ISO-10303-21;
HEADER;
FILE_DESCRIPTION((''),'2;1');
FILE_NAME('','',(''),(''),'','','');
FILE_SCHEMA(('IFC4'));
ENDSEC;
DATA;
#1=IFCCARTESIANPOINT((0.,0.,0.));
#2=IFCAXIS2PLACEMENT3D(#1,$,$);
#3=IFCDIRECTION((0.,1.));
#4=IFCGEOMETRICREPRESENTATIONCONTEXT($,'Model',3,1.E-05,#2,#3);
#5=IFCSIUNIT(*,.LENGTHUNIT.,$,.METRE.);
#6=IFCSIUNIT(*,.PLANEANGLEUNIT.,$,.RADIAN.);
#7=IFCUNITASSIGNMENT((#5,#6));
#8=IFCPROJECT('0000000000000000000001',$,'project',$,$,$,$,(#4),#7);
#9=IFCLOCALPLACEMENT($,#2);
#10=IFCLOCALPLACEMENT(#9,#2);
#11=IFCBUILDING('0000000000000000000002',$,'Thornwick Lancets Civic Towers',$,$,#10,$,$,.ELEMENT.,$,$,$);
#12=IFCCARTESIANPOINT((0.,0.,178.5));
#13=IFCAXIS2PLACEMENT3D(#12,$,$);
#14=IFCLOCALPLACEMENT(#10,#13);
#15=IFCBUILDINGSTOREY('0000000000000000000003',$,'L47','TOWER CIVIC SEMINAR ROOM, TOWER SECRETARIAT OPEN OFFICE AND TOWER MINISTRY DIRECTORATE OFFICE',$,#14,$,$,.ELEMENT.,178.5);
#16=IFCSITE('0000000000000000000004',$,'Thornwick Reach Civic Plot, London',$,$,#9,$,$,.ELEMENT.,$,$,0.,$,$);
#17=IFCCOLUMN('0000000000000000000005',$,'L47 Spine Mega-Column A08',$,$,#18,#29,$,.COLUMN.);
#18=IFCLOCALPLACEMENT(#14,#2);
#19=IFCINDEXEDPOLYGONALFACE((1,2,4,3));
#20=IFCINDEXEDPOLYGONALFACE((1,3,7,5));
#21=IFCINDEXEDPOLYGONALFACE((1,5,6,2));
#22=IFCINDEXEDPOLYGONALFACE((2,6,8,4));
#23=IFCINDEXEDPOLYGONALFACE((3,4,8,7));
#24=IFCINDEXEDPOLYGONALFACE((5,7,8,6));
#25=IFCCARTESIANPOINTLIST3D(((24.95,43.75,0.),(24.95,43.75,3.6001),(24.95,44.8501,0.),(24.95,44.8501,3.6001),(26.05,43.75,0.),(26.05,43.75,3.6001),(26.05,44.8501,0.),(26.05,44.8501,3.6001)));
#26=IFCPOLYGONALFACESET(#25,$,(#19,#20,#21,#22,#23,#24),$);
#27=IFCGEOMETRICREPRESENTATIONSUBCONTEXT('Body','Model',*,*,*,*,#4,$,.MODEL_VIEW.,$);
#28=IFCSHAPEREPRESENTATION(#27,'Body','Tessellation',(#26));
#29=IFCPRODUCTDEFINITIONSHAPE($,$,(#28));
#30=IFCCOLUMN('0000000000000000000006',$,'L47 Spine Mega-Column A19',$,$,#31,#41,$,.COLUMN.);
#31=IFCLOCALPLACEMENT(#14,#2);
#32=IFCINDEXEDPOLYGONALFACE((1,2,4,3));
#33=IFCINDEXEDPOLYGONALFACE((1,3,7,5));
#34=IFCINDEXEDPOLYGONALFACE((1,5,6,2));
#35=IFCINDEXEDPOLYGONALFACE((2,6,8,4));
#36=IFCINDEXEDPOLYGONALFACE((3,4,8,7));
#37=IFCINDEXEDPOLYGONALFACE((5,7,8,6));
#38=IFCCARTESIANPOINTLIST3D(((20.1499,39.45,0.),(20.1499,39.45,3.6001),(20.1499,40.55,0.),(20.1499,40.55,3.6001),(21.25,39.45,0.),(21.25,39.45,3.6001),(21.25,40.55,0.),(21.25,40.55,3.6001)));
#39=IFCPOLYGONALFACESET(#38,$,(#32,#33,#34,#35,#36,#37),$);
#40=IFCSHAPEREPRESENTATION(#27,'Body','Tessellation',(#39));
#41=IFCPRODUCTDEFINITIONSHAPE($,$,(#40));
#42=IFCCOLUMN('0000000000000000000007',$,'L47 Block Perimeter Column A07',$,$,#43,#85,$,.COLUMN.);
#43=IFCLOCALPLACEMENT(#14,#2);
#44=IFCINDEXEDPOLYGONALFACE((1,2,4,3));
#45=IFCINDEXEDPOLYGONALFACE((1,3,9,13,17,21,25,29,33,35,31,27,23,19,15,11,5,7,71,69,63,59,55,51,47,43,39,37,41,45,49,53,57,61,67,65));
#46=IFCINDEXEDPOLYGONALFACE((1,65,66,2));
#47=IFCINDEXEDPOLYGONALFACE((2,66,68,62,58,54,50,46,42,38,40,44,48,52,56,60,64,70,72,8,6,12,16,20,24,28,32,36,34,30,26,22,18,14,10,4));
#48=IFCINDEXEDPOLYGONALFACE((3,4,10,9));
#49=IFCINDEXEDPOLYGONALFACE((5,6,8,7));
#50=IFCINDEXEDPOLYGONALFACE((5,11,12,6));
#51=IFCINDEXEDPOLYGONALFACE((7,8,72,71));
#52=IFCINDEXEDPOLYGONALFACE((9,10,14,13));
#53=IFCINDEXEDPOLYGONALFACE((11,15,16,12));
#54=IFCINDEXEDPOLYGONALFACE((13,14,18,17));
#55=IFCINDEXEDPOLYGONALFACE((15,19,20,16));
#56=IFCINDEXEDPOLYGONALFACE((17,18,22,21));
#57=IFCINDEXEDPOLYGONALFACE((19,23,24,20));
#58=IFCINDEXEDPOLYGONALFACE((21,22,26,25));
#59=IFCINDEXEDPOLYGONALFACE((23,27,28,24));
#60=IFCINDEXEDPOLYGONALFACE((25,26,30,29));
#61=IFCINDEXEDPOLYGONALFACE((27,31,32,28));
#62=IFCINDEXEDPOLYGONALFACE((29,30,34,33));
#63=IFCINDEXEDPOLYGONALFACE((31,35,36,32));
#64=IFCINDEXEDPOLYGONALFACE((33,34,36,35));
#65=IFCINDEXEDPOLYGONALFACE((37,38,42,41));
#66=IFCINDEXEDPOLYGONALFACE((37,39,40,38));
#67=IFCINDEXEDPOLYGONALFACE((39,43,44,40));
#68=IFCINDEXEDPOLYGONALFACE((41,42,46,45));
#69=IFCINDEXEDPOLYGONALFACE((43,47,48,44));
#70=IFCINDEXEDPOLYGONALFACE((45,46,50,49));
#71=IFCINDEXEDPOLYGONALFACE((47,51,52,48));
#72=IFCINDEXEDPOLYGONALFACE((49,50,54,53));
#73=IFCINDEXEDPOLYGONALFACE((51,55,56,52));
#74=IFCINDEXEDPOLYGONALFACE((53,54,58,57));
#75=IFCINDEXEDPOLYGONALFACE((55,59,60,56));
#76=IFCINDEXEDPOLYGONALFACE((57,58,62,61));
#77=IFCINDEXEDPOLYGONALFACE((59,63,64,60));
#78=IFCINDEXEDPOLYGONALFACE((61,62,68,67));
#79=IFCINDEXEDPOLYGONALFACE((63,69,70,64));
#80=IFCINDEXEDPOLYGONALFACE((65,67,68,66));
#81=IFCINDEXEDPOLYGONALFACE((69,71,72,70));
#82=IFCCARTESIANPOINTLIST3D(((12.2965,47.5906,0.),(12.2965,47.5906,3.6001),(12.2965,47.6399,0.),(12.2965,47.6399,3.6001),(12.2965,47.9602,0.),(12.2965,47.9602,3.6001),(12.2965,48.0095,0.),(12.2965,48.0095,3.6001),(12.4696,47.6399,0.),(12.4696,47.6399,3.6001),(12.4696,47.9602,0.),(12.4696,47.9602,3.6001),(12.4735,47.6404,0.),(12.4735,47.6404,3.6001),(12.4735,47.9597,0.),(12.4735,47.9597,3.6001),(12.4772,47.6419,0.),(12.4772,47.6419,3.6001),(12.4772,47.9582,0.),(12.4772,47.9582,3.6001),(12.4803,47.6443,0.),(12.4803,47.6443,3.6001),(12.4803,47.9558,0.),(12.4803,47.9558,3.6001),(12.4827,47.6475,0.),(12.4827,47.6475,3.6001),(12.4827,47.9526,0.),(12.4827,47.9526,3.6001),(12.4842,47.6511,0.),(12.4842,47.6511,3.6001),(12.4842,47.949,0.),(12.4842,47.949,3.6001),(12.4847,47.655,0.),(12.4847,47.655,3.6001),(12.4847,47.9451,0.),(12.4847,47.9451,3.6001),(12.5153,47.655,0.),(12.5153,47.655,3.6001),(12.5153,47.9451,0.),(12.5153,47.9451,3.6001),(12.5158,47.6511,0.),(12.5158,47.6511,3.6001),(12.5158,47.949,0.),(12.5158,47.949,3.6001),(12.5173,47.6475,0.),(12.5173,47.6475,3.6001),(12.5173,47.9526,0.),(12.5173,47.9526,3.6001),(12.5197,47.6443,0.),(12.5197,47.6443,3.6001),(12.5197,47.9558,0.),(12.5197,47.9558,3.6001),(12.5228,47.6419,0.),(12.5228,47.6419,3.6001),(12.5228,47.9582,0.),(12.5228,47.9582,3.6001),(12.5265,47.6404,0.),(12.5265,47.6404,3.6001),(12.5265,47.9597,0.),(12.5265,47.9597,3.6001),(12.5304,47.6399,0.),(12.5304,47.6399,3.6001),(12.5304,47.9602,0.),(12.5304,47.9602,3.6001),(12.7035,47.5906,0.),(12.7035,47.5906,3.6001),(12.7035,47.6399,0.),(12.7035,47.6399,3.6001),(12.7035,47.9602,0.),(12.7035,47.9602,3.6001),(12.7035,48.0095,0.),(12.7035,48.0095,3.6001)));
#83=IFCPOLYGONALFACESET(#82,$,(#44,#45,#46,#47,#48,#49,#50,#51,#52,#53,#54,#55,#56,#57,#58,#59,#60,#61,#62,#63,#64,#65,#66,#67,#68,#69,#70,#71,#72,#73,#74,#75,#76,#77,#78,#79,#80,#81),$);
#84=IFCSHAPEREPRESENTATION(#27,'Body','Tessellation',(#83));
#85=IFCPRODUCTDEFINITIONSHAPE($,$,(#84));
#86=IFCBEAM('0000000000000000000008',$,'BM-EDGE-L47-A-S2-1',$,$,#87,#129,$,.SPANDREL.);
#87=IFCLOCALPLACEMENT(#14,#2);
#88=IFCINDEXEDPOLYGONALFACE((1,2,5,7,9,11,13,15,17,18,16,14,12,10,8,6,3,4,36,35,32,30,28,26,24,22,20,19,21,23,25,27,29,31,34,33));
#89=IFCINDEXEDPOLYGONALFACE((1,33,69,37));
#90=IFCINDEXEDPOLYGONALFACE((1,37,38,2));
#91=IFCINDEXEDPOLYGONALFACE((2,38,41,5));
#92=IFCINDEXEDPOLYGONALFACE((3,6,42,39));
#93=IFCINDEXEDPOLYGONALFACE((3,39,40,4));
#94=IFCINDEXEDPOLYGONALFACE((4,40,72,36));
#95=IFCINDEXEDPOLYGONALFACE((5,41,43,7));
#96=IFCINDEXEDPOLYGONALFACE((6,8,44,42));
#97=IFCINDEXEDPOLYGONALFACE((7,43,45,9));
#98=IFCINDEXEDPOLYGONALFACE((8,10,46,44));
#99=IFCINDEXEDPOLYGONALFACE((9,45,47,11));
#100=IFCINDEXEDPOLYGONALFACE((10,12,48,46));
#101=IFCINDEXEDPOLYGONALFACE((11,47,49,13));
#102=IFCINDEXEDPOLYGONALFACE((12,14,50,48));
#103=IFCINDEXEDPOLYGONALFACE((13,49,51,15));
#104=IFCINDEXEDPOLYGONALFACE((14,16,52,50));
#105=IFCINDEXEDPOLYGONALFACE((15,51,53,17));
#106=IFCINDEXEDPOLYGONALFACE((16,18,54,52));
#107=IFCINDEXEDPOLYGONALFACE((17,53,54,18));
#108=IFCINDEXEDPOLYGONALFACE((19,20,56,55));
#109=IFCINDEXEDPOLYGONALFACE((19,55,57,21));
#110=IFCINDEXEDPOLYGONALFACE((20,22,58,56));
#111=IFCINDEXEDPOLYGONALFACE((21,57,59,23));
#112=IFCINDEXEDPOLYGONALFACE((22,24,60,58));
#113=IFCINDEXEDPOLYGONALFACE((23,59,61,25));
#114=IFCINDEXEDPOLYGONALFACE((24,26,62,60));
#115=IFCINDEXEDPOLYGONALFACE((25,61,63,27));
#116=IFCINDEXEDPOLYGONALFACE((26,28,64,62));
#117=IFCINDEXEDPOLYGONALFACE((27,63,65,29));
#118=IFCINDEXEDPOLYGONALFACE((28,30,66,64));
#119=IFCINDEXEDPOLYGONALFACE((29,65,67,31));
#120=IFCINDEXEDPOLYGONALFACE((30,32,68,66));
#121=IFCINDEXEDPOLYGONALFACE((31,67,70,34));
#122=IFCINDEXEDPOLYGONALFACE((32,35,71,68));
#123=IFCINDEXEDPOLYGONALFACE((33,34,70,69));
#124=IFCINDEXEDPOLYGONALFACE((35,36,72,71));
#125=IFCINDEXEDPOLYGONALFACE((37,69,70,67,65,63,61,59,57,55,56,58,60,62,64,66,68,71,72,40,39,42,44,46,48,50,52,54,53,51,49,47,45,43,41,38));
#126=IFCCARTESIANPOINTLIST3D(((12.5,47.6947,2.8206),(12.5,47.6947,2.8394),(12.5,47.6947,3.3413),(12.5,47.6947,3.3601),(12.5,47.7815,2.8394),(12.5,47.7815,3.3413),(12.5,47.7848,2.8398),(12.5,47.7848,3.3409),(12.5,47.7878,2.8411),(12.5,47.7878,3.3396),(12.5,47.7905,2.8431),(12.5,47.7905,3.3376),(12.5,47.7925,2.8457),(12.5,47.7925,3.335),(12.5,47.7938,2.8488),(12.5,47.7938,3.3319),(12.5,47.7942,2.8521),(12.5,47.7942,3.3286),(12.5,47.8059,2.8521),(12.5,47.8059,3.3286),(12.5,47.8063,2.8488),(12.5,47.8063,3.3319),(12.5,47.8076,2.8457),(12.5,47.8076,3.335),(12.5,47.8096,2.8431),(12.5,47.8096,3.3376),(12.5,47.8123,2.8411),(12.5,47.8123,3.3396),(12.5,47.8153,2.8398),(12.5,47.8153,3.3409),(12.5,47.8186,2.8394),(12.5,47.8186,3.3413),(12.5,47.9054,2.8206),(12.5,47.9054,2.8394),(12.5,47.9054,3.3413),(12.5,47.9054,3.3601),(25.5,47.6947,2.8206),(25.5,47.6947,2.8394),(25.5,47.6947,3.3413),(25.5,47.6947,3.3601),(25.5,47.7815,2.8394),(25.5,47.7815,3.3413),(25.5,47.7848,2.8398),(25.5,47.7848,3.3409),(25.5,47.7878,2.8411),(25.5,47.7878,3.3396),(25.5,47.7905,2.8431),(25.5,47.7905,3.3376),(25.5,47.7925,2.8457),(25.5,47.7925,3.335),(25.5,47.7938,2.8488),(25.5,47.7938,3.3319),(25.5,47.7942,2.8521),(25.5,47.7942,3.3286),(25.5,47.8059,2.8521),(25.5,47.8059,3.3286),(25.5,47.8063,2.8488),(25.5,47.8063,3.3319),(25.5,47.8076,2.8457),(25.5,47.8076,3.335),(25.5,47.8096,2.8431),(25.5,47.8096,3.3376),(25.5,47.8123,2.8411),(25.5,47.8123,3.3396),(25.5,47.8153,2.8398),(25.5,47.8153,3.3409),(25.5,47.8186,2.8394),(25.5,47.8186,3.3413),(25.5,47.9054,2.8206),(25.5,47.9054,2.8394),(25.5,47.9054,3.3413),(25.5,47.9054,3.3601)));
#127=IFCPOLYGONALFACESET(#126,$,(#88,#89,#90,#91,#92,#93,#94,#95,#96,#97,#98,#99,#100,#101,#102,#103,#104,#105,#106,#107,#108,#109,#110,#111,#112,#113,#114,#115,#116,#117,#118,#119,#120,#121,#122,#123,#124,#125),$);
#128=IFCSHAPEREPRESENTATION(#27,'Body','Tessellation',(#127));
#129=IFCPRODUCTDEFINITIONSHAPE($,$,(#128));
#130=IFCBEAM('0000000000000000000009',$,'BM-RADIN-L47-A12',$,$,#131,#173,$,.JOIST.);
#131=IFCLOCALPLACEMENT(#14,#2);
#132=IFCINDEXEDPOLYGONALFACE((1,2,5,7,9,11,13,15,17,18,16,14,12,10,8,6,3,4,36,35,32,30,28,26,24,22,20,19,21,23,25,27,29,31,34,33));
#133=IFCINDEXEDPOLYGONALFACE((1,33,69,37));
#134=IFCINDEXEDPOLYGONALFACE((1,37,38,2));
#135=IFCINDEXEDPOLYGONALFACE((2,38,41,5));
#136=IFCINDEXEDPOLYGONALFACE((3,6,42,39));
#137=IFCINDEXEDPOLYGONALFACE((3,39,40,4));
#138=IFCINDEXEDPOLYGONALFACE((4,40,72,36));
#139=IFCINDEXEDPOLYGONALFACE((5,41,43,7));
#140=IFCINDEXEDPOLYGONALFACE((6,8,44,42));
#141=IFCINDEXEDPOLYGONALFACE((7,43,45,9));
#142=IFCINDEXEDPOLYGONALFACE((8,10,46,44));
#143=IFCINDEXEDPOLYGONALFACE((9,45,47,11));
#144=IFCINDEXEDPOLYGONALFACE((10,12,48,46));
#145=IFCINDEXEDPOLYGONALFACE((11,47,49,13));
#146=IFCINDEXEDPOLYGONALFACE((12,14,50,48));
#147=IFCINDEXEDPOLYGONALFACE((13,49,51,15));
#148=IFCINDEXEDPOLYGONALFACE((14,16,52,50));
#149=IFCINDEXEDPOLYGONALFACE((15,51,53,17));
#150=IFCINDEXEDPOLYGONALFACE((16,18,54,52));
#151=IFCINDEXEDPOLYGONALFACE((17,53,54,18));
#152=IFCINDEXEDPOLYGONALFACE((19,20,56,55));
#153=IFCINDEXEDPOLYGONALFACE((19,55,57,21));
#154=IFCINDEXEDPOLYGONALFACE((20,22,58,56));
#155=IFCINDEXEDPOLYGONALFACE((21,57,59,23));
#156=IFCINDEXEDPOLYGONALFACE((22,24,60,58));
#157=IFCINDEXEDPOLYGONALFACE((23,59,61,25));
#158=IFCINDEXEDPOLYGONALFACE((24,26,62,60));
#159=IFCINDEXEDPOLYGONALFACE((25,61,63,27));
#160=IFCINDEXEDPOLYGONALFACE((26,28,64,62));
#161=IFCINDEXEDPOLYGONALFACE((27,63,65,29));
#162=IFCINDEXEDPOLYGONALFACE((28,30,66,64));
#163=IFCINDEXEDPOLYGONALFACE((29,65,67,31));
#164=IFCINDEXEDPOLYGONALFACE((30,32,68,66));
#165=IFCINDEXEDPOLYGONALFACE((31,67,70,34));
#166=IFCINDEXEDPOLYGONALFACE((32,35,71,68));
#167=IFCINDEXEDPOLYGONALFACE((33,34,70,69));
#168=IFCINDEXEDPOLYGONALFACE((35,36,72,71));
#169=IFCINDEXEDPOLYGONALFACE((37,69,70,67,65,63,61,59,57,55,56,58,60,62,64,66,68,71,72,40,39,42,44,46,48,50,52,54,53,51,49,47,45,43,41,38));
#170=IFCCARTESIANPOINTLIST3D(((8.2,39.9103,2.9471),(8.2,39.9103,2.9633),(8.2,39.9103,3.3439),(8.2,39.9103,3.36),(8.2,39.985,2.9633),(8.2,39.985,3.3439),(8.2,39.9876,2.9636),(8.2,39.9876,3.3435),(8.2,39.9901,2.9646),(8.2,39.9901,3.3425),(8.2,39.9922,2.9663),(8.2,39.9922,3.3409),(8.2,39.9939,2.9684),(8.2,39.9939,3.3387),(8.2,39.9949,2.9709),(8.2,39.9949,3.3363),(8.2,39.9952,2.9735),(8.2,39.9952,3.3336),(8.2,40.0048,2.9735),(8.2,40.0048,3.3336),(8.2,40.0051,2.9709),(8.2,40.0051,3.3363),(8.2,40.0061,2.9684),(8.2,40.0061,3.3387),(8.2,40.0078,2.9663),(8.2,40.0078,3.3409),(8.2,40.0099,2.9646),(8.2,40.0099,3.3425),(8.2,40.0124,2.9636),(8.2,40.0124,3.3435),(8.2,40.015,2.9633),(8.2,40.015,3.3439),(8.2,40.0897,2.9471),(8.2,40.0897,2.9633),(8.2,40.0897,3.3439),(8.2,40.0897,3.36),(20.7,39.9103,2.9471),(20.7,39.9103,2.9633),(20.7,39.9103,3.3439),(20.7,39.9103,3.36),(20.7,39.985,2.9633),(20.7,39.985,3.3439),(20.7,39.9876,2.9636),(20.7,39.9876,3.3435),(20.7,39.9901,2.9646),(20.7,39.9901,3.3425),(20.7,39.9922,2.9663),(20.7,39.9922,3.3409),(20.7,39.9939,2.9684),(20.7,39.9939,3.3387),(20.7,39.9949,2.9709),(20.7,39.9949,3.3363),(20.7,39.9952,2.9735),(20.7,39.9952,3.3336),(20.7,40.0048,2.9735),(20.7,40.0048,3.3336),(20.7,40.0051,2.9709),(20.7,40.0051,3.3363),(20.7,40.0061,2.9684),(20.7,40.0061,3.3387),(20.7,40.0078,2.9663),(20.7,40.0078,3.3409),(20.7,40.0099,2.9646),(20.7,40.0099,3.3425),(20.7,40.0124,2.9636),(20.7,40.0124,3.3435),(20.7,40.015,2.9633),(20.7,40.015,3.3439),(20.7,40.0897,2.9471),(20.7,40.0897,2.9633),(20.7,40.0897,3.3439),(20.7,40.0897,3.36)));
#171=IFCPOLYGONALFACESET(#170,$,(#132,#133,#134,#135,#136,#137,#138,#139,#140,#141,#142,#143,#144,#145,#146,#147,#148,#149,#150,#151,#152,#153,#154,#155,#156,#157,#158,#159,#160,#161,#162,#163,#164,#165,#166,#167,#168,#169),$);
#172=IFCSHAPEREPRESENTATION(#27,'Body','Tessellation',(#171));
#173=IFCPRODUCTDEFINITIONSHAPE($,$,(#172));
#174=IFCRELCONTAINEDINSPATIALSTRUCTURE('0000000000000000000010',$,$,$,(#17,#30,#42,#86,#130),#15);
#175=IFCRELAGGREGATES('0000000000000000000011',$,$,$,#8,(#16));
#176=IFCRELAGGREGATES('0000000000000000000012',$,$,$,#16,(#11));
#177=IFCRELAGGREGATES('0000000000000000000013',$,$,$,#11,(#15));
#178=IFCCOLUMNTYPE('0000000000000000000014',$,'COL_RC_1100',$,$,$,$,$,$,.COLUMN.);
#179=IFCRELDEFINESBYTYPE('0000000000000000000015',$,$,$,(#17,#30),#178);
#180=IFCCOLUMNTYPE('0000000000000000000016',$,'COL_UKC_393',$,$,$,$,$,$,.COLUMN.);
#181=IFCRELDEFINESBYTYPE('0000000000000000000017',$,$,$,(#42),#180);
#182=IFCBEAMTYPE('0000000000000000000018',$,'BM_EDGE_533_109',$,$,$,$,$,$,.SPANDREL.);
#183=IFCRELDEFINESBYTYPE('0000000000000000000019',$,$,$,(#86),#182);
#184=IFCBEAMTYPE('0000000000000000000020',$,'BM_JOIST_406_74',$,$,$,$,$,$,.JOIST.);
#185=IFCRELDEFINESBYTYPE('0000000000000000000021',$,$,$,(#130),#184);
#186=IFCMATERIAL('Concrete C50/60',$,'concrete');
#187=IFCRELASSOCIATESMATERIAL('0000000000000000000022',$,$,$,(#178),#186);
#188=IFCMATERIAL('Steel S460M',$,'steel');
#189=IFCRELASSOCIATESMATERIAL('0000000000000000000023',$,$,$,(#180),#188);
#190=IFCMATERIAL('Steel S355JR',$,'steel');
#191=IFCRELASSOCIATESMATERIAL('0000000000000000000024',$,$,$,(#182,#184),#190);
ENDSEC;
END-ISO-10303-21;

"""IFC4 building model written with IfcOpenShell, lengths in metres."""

from ifc_helpers import new_model, si_unit, direction, frame, origin, origin_2d, place, context, subcontext, project, spatial, rectangle, i_section, extrude, material, material_profile, profile_set, type_object, element, save


model = new_model("IFC4")

# Units and contexts
model_context = context("Model", 3, precision=1e-05, world=origin(), true_north=direction((0.0, 1.0)))
body_context = subcontext(model_context, "Body", "Model", "MODEL_VIEW")
ifc_project = project(units=[si_unit("LENGTHUNIT", "METRE"), si_unit("PLANEANGLEUNIT", "RADIAN")], contexts=[model_context])

# Site, building, storey
site_placement = place(None, origin())
site = spatial("IfcSite", under=ifc_project, at=site_placement, Name="Thornwick Reach Civic Plot, London", CompositionType="ELEMENT", RefElevation=0.0)
building_placement = place(site_placement, origin())
building = spatial("IfcBuilding", under=site, at=building_placement, Name="Thornwick Lancets Civic Towers", CompositionType="ELEMENT")
storey_placement = place(building_placement, frame((0.0, 0.0, 178.5)))
storey = spatial("IfcBuildingStorey", under=building, at=storey_placement, Name="L47", Description="TOWER CIVIC SEMINAR ROOM, TOWER SECRETARIAT OPEN OFFICE AND TOWER MINISTRY DIRECTORATE OFFICE", CompositionType="ELEMENT", Elevation=178.5)

# Columns
ifc_material_1 = material(Name="Concrete C50/60", Category="concrete")
ifc_material_profile_1 = material_profile(ifc_material_1, rectangle(XDim=1.1001, YDim=1.1001, at=origin_2d()), Name="RC 1100x1100")
ifc_profile_set_1 = profile_set([ifc_material_profile_1], Name="Concrete C50/60")
column_type_1 = type_object("IfcColumnType", Name="COL_RC_1100", PredefinedType="COLUMN", material=ifc_profile_set_1)
for number, where, z_axis, x_axis, name in (
    (1, (25.5, 44.3, 0.0), (0.0, 0.0, 1.0), (1.0, 0.0, 0.0), "L47 Spine Mega-Column A08"),
    (2, (20.7, 40.0, 0.0), (0.0, 0.0, 1.0), (1.0, 0.0, 0.0), "L47 Spine Mega-Column A19"),
):
    element("IfcColumn", number, at=place(storey_placement, frame(where, z_axis=z_axis, x_axis=x_axis)), inside=storey, type_object=column_type_1, Name=name, PredefinedType="COLUMN", context=body_context, shape_type="SweptSolid", body=[
        extrude(rectangle(XDim=1.1001, YDim=1.1001, at=origin_2d()), origin(), (0.0, 0.0, 1.0), 3.6001),
    ])
ifc_material_2 = material(Name="Steel S460M", Category="steel")
ifc_material_profile_2 = material_profile(ifc_material_2, i_section(OverallWidth=0.407, OverallDepth=0.4189, WebThickness=0.0305, FlangeThickness=0.0493, FilletRadius=0.0151, at=origin_2d()), Name="UKC 356x406x393")
ifc_profile_set_2 = profile_set([ifc_material_profile_2], Name="Steel S460M")
column_type_2 = type_object("IfcColumnType", Name="COL_UKC_393", PredefinedType="COLUMN", material=ifc_profile_set_2)
column_placement = place(storey_placement, frame((12.5, 47.8, 0.0), z_axis=(0.0, 0.0, 1.0), x_axis=(1.0, 0.0, 0.0)))
element("IfcColumn", 3, at=column_placement, inside=storey, type_object=column_type_2, Name="L47 Block Perimeter Column A07", PredefinedType="COLUMN", context=body_context, shape_type="SweptSolid", body=[
    extrude(i_section(OverallWidth=0.407, OverallDepth=0.4189, WebThickness=0.0305, FlangeThickness=0.0493, FilletRadius=0.0151, at=origin_2d()), origin(), (0.0, 0.0, 1.0), 3.6001),
])

# Beams
ifc_material_3 = material(Name="Steel S355JR", Category="steel")
ifc_material_profile_3 = material_profile(ifc_material_3, i_section(OverallWidth=0.2107, OverallDepth=0.5396, WebThickness=0.0117, FlangeThickness=0.0188, FilletRadius=0.0127, at=origin_2d()), Name="UKB 533x210x109")
ifc_profile_set_3 = profile_set([ifc_material_profile_3], Name="Steel S355JR")
beam_type_1 = type_object("IfcBeamType", Name="BM_EDGE_533_109", PredefinedType="SPANDREL", material=ifc_profile_set_3)
beam_1_placement = place(storey_placement, frame((12.5, 47.8, 3.0903), z_axis=(1.0, 0.0, 0.0), x_axis=(0.0, 1.0, 0.0)))
element("IfcBeam", 4, at=beam_1_placement, inside=storey, type_object=beam_type_1, Name="BM-EDGE-L47-A-S2-1", PredefinedType="SPANDREL", context=body_context, shape_type="SweptSolid", body=[
    extrude(i_section(OverallWidth=0.2107, OverallDepth=0.5396, WebThickness=0.0117, FlangeThickness=0.0188, FilletRadius=0.0127, at=origin_2d()), origin(), (0.0, 0.0, 1.0), 13.0),
])
ifc_material_profile_4 = material_profile(ifc_material_3, i_section(OverallWidth=0.1794, OverallDepth=0.4128, WebThickness=0.0095, FlangeThickness=0.0161, FilletRadius=0.0103, at=origin_2d()), Name="UKB 406x178x74")
ifc_profile_set_4 = profile_set([ifc_material_profile_4], Name="Steel S355JR")
beam_type_2 = type_object("IfcBeamType", Name="BM_JOIST_406_74", PredefinedType="JOIST", material=ifc_profile_set_4)
beam_2_placement = place(storey_placement, frame((20.7, 40.0, 3.1536), z_axis=(-1.0, 0.0, 0.0), x_axis=(0.0, -1.0, 0.0)))
element("IfcBeam", 5, at=beam_2_placement, inside=storey, type_object=beam_type_2, Name="BM-RADIN-L47-A12", PredefinedType="JOIST", context=body_context, shape_type="SweptSolid", body=[
    extrude(i_section(OverallWidth=0.1794, OverallDepth=0.4128, WebThickness=0.0095, FlangeThickness=0.0161, FilletRadius=0.0103, at=origin_2d()), origin(), (0.0, 0.0, 1.0), 12.5),
])

save(model, "model.ifc")
